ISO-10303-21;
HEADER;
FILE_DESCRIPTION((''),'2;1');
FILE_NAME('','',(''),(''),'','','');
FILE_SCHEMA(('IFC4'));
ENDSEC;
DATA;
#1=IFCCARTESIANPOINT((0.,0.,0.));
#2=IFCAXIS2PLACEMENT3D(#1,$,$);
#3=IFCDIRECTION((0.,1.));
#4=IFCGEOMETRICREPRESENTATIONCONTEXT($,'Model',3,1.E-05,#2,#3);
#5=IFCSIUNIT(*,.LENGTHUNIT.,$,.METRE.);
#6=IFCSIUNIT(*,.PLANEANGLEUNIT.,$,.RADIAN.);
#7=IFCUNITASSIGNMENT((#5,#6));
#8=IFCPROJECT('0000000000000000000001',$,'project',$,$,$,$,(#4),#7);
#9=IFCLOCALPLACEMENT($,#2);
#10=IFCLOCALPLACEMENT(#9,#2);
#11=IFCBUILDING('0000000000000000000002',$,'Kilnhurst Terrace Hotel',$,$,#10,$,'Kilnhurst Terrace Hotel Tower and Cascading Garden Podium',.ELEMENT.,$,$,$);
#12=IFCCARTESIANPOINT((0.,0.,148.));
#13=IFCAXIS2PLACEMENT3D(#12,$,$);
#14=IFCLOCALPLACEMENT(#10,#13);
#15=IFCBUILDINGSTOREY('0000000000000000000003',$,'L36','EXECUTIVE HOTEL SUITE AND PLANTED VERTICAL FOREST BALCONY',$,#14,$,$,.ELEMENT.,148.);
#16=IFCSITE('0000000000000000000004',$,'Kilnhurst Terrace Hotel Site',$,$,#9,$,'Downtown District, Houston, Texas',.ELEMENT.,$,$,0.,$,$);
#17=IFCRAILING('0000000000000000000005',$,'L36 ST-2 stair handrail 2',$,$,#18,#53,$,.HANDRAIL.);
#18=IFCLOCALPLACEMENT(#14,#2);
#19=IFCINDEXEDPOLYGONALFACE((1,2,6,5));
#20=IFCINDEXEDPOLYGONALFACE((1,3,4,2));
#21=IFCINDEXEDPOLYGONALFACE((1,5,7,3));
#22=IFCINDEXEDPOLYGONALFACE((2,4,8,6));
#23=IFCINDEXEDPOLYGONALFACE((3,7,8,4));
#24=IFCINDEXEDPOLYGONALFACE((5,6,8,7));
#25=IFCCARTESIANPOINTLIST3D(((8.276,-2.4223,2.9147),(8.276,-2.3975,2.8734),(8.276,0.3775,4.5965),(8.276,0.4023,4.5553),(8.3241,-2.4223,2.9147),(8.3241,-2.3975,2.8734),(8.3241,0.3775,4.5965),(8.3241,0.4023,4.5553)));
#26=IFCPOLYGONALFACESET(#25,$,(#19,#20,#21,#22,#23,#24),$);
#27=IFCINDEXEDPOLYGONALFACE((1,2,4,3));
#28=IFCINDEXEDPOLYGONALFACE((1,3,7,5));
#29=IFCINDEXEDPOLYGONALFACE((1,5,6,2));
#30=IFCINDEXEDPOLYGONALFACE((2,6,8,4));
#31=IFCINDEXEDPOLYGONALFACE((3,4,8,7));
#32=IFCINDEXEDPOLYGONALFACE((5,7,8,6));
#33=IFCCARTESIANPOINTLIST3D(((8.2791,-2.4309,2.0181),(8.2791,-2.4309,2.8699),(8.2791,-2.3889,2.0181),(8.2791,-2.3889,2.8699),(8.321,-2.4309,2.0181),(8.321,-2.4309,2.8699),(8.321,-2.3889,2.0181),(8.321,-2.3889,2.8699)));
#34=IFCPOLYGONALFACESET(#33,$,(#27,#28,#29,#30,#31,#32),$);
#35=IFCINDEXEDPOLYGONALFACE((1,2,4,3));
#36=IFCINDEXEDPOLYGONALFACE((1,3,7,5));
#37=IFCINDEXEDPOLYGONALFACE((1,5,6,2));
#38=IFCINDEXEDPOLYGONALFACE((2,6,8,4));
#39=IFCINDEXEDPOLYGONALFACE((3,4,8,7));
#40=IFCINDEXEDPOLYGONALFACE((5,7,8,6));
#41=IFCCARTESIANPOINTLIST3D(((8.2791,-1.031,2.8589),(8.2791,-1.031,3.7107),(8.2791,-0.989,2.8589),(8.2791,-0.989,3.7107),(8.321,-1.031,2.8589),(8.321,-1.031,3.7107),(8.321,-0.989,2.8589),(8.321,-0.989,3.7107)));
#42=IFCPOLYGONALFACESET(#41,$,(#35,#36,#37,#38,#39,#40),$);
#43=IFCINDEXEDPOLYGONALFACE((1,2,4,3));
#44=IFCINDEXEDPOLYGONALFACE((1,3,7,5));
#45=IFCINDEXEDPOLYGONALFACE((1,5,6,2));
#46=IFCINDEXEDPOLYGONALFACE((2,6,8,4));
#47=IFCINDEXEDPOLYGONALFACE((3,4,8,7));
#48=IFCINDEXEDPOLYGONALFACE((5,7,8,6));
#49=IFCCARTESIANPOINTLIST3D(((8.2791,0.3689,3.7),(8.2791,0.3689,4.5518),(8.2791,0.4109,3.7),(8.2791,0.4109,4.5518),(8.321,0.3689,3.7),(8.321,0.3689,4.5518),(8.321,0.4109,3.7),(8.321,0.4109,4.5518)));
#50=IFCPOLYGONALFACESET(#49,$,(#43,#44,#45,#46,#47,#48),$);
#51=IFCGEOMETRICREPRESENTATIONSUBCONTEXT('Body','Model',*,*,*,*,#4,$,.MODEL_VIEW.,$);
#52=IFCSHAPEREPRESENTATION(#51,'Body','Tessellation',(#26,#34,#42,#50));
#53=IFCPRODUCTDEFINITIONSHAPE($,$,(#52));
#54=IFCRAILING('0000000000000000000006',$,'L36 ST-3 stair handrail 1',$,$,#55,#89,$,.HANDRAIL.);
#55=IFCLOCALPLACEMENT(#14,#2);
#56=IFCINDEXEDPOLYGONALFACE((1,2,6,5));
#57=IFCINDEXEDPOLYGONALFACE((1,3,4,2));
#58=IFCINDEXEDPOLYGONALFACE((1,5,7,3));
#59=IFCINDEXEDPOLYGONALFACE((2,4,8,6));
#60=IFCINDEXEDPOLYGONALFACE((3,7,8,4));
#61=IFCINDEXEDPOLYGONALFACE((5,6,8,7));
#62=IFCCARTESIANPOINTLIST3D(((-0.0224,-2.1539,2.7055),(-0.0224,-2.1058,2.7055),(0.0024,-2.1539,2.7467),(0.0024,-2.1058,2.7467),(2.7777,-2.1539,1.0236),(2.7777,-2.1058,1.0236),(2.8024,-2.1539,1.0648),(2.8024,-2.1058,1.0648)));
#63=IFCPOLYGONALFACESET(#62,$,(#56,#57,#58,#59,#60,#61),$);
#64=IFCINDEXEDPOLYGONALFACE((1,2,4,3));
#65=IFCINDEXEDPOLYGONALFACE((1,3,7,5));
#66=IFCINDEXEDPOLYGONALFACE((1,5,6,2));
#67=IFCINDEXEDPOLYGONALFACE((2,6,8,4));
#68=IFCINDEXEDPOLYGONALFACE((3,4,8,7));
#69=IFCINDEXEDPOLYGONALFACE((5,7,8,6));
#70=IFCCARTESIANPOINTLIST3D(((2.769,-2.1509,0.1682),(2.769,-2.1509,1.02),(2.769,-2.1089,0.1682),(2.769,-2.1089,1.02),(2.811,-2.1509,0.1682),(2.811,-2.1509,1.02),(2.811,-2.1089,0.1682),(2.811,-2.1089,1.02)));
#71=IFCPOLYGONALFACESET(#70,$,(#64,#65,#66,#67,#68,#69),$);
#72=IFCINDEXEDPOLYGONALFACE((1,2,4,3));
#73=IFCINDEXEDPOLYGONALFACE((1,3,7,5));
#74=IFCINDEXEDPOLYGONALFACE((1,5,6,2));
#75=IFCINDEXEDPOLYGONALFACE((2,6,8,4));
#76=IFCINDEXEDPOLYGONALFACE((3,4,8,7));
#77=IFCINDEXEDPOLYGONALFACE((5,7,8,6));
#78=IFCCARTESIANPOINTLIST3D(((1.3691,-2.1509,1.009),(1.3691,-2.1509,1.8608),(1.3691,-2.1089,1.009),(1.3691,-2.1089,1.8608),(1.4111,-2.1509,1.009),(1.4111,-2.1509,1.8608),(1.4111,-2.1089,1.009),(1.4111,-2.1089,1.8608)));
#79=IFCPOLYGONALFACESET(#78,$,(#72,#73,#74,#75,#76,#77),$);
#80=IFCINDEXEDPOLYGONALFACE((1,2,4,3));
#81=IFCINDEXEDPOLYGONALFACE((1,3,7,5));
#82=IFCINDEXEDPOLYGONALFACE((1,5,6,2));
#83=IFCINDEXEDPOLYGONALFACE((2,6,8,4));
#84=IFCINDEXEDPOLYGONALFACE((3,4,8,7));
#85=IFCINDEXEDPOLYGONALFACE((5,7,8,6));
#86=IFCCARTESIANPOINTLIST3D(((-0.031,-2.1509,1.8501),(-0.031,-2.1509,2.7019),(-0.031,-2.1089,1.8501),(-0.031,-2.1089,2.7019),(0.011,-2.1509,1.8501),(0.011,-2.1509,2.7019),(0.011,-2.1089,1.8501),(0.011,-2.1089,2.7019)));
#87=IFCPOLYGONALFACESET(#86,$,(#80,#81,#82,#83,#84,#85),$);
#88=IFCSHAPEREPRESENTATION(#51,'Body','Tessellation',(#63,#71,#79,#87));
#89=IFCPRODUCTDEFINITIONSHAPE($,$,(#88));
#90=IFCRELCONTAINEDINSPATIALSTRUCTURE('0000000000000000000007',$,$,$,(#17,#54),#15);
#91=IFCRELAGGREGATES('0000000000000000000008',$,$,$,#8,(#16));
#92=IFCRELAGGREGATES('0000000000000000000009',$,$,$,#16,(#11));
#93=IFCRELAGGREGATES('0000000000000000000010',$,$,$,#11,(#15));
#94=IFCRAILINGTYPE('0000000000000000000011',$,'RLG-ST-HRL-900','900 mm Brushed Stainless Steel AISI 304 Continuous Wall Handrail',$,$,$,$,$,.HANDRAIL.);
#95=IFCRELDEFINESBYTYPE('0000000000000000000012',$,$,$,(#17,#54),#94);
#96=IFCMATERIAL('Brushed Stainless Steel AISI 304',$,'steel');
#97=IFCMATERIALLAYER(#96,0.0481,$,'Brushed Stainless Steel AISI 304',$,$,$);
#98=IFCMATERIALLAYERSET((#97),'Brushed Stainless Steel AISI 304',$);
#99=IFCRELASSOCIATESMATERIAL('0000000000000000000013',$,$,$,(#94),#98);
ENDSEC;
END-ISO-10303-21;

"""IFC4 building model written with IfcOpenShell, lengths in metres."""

from ifc_helpers import new_model, si_unit, direction, frame, origin, origin_2d, place, context, subcontext, project, spatial, rectangle, extrude, material, layer, layer_set, type_object, element, save


model = new_model("IFC4")

# Units and contexts
model_context = context("Model", 3, precision=1e-05, world=origin(), true_north=direction((0.0, 1.0)))
body_context = subcontext(model_context, "Body", "Model", "MODEL_VIEW")
ifc_project = project(units=[si_unit("LENGTHUNIT", "METRE"), si_unit("PLANEANGLEUNIT", "RADIAN")], contexts=[model_context])

# Site, building, storey
site_placement = place(None, origin())
site = spatial("IfcSite", under=ifc_project, at=site_placement, Name="Kilnhurst Terrace Hotel Site", LongName="Downtown District, Houston, Texas", CompositionType="ELEMENT", RefElevation=0.0)
building_placement = place(site_placement, origin())
building = spatial("IfcBuilding", under=site, at=building_placement, Name="Kilnhurst Terrace Hotel", LongName="Kilnhurst Terrace Hotel Tower and Cascading Garden Podium", CompositionType="ELEMENT")
storey_placement = place(building_placement, frame((0.0, 0.0, 148.0)))
storey = spatial("IfcBuildingStorey", under=building, at=storey_placement, Name="L36", Description="EXECUTIVE HOTEL SUITE AND PLANTED VERTICAL FOREST BALCONY", CompositionType="ELEMENT", Elevation=148.0)

# Railings
ifc_material_1 = material(Name="Brushed Stainless Steel AISI 304", Category="steel")
ifc_layer_1 = layer(ifc_material_1, 0.0481, Name="Brushed Stainless Steel AISI 304")
ifc_layer_set_1 = layer_set([ifc_layer_1], Name="Brushed Stainless Steel AISI 304")
railing_type_1 = type_object("IfcRailingType", Name="RLG-ST-HRL-900", Description="900 mm Brushed Stainless Steel AISI 304 Continuous Wall Handrail", PredefinedType="HANDRAIL", material=ifc_layer_set_1)
railing_1_placement = place(storey_placement, frame((8.3, -2.4099, 2.0181)))
element("IfcRailing", 1, at=railing_1_placement, inside=storey, type_object=railing_type_1, Name="L36 ST-2 stair handrail 2", PredefinedType="HANDRAIL", context=body_context, shape_type="SweptSolid", body=[
    extrude(rectangle(XDim=0.0481, YDim=0.0481, at=origin_2d()), frame((0.0, 0.0, 0.876), z_axis=(0.0, 0.857222, 0.514946), x_axis=(-1.0, 0.0, 0.0)), (0.0, 0.0, 1.0), 3.2661),
    extrude(rectangle(XDim=0.042, YDim=0.042, at=origin_2d()), origin(), (0.0, 0.0, 1.0), 0.8518),
    extrude(rectangle(XDim=0.042, YDim=0.042, at=origin_2d()), frame((0.0, 1.3999, 0.8408)), (0.0, 0.0, 1.0), 0.8518),
    extrude(rectangle(XDim=0.042, YDim=0.042, at=origin_2d()), frame((0.0, 2.7998, 1.6819)), (0.0, 0.0, 1.0), 0.8518),
])
railing_2_placement = place(storey_placement, frame((2.79, -2.1299, 0.1682)))
element("IfcRailing", 2, at=railing_2_placement, inside=storey, type_object=railing_type_1, Name="L36 ST-3 stair handrail 1", PredefinedType="HANDRAIL", context=body_context, shape_type="SweptSolid", body=[
    extrude(rectangle(XDim=0.0481, YDim=0.0481, at=origin_2d()), frame((0.0, 0.0, 0.876), z_axis=(-0.857242, 0.0, 0.514913), x_axis=(0.0, -1.0, 0.0)), (0.0, 0.0, 1.0), 3.2664),
    extrude(rectangle(XDim=0.042, YDim=0.042, at=origin_2d()), origin(), (0.0, 0.0, 1.0), 0.8518),
    extrude(rectangle(XDim=0.042, YDim=0.042, at=origin_2d()), frame((-1.3999, 0.0, 0.8408)), (0.0, 0.0, 1.0), 0.8518),
    extrude(rectangle(XDim=0.042, YDim=0.042, at=origin_2d()), frame((-2.8, 0.0, 1.6819)), (0.0, 0.0, 1.0), 0.8518),
])

save(model, "model.ifc")
